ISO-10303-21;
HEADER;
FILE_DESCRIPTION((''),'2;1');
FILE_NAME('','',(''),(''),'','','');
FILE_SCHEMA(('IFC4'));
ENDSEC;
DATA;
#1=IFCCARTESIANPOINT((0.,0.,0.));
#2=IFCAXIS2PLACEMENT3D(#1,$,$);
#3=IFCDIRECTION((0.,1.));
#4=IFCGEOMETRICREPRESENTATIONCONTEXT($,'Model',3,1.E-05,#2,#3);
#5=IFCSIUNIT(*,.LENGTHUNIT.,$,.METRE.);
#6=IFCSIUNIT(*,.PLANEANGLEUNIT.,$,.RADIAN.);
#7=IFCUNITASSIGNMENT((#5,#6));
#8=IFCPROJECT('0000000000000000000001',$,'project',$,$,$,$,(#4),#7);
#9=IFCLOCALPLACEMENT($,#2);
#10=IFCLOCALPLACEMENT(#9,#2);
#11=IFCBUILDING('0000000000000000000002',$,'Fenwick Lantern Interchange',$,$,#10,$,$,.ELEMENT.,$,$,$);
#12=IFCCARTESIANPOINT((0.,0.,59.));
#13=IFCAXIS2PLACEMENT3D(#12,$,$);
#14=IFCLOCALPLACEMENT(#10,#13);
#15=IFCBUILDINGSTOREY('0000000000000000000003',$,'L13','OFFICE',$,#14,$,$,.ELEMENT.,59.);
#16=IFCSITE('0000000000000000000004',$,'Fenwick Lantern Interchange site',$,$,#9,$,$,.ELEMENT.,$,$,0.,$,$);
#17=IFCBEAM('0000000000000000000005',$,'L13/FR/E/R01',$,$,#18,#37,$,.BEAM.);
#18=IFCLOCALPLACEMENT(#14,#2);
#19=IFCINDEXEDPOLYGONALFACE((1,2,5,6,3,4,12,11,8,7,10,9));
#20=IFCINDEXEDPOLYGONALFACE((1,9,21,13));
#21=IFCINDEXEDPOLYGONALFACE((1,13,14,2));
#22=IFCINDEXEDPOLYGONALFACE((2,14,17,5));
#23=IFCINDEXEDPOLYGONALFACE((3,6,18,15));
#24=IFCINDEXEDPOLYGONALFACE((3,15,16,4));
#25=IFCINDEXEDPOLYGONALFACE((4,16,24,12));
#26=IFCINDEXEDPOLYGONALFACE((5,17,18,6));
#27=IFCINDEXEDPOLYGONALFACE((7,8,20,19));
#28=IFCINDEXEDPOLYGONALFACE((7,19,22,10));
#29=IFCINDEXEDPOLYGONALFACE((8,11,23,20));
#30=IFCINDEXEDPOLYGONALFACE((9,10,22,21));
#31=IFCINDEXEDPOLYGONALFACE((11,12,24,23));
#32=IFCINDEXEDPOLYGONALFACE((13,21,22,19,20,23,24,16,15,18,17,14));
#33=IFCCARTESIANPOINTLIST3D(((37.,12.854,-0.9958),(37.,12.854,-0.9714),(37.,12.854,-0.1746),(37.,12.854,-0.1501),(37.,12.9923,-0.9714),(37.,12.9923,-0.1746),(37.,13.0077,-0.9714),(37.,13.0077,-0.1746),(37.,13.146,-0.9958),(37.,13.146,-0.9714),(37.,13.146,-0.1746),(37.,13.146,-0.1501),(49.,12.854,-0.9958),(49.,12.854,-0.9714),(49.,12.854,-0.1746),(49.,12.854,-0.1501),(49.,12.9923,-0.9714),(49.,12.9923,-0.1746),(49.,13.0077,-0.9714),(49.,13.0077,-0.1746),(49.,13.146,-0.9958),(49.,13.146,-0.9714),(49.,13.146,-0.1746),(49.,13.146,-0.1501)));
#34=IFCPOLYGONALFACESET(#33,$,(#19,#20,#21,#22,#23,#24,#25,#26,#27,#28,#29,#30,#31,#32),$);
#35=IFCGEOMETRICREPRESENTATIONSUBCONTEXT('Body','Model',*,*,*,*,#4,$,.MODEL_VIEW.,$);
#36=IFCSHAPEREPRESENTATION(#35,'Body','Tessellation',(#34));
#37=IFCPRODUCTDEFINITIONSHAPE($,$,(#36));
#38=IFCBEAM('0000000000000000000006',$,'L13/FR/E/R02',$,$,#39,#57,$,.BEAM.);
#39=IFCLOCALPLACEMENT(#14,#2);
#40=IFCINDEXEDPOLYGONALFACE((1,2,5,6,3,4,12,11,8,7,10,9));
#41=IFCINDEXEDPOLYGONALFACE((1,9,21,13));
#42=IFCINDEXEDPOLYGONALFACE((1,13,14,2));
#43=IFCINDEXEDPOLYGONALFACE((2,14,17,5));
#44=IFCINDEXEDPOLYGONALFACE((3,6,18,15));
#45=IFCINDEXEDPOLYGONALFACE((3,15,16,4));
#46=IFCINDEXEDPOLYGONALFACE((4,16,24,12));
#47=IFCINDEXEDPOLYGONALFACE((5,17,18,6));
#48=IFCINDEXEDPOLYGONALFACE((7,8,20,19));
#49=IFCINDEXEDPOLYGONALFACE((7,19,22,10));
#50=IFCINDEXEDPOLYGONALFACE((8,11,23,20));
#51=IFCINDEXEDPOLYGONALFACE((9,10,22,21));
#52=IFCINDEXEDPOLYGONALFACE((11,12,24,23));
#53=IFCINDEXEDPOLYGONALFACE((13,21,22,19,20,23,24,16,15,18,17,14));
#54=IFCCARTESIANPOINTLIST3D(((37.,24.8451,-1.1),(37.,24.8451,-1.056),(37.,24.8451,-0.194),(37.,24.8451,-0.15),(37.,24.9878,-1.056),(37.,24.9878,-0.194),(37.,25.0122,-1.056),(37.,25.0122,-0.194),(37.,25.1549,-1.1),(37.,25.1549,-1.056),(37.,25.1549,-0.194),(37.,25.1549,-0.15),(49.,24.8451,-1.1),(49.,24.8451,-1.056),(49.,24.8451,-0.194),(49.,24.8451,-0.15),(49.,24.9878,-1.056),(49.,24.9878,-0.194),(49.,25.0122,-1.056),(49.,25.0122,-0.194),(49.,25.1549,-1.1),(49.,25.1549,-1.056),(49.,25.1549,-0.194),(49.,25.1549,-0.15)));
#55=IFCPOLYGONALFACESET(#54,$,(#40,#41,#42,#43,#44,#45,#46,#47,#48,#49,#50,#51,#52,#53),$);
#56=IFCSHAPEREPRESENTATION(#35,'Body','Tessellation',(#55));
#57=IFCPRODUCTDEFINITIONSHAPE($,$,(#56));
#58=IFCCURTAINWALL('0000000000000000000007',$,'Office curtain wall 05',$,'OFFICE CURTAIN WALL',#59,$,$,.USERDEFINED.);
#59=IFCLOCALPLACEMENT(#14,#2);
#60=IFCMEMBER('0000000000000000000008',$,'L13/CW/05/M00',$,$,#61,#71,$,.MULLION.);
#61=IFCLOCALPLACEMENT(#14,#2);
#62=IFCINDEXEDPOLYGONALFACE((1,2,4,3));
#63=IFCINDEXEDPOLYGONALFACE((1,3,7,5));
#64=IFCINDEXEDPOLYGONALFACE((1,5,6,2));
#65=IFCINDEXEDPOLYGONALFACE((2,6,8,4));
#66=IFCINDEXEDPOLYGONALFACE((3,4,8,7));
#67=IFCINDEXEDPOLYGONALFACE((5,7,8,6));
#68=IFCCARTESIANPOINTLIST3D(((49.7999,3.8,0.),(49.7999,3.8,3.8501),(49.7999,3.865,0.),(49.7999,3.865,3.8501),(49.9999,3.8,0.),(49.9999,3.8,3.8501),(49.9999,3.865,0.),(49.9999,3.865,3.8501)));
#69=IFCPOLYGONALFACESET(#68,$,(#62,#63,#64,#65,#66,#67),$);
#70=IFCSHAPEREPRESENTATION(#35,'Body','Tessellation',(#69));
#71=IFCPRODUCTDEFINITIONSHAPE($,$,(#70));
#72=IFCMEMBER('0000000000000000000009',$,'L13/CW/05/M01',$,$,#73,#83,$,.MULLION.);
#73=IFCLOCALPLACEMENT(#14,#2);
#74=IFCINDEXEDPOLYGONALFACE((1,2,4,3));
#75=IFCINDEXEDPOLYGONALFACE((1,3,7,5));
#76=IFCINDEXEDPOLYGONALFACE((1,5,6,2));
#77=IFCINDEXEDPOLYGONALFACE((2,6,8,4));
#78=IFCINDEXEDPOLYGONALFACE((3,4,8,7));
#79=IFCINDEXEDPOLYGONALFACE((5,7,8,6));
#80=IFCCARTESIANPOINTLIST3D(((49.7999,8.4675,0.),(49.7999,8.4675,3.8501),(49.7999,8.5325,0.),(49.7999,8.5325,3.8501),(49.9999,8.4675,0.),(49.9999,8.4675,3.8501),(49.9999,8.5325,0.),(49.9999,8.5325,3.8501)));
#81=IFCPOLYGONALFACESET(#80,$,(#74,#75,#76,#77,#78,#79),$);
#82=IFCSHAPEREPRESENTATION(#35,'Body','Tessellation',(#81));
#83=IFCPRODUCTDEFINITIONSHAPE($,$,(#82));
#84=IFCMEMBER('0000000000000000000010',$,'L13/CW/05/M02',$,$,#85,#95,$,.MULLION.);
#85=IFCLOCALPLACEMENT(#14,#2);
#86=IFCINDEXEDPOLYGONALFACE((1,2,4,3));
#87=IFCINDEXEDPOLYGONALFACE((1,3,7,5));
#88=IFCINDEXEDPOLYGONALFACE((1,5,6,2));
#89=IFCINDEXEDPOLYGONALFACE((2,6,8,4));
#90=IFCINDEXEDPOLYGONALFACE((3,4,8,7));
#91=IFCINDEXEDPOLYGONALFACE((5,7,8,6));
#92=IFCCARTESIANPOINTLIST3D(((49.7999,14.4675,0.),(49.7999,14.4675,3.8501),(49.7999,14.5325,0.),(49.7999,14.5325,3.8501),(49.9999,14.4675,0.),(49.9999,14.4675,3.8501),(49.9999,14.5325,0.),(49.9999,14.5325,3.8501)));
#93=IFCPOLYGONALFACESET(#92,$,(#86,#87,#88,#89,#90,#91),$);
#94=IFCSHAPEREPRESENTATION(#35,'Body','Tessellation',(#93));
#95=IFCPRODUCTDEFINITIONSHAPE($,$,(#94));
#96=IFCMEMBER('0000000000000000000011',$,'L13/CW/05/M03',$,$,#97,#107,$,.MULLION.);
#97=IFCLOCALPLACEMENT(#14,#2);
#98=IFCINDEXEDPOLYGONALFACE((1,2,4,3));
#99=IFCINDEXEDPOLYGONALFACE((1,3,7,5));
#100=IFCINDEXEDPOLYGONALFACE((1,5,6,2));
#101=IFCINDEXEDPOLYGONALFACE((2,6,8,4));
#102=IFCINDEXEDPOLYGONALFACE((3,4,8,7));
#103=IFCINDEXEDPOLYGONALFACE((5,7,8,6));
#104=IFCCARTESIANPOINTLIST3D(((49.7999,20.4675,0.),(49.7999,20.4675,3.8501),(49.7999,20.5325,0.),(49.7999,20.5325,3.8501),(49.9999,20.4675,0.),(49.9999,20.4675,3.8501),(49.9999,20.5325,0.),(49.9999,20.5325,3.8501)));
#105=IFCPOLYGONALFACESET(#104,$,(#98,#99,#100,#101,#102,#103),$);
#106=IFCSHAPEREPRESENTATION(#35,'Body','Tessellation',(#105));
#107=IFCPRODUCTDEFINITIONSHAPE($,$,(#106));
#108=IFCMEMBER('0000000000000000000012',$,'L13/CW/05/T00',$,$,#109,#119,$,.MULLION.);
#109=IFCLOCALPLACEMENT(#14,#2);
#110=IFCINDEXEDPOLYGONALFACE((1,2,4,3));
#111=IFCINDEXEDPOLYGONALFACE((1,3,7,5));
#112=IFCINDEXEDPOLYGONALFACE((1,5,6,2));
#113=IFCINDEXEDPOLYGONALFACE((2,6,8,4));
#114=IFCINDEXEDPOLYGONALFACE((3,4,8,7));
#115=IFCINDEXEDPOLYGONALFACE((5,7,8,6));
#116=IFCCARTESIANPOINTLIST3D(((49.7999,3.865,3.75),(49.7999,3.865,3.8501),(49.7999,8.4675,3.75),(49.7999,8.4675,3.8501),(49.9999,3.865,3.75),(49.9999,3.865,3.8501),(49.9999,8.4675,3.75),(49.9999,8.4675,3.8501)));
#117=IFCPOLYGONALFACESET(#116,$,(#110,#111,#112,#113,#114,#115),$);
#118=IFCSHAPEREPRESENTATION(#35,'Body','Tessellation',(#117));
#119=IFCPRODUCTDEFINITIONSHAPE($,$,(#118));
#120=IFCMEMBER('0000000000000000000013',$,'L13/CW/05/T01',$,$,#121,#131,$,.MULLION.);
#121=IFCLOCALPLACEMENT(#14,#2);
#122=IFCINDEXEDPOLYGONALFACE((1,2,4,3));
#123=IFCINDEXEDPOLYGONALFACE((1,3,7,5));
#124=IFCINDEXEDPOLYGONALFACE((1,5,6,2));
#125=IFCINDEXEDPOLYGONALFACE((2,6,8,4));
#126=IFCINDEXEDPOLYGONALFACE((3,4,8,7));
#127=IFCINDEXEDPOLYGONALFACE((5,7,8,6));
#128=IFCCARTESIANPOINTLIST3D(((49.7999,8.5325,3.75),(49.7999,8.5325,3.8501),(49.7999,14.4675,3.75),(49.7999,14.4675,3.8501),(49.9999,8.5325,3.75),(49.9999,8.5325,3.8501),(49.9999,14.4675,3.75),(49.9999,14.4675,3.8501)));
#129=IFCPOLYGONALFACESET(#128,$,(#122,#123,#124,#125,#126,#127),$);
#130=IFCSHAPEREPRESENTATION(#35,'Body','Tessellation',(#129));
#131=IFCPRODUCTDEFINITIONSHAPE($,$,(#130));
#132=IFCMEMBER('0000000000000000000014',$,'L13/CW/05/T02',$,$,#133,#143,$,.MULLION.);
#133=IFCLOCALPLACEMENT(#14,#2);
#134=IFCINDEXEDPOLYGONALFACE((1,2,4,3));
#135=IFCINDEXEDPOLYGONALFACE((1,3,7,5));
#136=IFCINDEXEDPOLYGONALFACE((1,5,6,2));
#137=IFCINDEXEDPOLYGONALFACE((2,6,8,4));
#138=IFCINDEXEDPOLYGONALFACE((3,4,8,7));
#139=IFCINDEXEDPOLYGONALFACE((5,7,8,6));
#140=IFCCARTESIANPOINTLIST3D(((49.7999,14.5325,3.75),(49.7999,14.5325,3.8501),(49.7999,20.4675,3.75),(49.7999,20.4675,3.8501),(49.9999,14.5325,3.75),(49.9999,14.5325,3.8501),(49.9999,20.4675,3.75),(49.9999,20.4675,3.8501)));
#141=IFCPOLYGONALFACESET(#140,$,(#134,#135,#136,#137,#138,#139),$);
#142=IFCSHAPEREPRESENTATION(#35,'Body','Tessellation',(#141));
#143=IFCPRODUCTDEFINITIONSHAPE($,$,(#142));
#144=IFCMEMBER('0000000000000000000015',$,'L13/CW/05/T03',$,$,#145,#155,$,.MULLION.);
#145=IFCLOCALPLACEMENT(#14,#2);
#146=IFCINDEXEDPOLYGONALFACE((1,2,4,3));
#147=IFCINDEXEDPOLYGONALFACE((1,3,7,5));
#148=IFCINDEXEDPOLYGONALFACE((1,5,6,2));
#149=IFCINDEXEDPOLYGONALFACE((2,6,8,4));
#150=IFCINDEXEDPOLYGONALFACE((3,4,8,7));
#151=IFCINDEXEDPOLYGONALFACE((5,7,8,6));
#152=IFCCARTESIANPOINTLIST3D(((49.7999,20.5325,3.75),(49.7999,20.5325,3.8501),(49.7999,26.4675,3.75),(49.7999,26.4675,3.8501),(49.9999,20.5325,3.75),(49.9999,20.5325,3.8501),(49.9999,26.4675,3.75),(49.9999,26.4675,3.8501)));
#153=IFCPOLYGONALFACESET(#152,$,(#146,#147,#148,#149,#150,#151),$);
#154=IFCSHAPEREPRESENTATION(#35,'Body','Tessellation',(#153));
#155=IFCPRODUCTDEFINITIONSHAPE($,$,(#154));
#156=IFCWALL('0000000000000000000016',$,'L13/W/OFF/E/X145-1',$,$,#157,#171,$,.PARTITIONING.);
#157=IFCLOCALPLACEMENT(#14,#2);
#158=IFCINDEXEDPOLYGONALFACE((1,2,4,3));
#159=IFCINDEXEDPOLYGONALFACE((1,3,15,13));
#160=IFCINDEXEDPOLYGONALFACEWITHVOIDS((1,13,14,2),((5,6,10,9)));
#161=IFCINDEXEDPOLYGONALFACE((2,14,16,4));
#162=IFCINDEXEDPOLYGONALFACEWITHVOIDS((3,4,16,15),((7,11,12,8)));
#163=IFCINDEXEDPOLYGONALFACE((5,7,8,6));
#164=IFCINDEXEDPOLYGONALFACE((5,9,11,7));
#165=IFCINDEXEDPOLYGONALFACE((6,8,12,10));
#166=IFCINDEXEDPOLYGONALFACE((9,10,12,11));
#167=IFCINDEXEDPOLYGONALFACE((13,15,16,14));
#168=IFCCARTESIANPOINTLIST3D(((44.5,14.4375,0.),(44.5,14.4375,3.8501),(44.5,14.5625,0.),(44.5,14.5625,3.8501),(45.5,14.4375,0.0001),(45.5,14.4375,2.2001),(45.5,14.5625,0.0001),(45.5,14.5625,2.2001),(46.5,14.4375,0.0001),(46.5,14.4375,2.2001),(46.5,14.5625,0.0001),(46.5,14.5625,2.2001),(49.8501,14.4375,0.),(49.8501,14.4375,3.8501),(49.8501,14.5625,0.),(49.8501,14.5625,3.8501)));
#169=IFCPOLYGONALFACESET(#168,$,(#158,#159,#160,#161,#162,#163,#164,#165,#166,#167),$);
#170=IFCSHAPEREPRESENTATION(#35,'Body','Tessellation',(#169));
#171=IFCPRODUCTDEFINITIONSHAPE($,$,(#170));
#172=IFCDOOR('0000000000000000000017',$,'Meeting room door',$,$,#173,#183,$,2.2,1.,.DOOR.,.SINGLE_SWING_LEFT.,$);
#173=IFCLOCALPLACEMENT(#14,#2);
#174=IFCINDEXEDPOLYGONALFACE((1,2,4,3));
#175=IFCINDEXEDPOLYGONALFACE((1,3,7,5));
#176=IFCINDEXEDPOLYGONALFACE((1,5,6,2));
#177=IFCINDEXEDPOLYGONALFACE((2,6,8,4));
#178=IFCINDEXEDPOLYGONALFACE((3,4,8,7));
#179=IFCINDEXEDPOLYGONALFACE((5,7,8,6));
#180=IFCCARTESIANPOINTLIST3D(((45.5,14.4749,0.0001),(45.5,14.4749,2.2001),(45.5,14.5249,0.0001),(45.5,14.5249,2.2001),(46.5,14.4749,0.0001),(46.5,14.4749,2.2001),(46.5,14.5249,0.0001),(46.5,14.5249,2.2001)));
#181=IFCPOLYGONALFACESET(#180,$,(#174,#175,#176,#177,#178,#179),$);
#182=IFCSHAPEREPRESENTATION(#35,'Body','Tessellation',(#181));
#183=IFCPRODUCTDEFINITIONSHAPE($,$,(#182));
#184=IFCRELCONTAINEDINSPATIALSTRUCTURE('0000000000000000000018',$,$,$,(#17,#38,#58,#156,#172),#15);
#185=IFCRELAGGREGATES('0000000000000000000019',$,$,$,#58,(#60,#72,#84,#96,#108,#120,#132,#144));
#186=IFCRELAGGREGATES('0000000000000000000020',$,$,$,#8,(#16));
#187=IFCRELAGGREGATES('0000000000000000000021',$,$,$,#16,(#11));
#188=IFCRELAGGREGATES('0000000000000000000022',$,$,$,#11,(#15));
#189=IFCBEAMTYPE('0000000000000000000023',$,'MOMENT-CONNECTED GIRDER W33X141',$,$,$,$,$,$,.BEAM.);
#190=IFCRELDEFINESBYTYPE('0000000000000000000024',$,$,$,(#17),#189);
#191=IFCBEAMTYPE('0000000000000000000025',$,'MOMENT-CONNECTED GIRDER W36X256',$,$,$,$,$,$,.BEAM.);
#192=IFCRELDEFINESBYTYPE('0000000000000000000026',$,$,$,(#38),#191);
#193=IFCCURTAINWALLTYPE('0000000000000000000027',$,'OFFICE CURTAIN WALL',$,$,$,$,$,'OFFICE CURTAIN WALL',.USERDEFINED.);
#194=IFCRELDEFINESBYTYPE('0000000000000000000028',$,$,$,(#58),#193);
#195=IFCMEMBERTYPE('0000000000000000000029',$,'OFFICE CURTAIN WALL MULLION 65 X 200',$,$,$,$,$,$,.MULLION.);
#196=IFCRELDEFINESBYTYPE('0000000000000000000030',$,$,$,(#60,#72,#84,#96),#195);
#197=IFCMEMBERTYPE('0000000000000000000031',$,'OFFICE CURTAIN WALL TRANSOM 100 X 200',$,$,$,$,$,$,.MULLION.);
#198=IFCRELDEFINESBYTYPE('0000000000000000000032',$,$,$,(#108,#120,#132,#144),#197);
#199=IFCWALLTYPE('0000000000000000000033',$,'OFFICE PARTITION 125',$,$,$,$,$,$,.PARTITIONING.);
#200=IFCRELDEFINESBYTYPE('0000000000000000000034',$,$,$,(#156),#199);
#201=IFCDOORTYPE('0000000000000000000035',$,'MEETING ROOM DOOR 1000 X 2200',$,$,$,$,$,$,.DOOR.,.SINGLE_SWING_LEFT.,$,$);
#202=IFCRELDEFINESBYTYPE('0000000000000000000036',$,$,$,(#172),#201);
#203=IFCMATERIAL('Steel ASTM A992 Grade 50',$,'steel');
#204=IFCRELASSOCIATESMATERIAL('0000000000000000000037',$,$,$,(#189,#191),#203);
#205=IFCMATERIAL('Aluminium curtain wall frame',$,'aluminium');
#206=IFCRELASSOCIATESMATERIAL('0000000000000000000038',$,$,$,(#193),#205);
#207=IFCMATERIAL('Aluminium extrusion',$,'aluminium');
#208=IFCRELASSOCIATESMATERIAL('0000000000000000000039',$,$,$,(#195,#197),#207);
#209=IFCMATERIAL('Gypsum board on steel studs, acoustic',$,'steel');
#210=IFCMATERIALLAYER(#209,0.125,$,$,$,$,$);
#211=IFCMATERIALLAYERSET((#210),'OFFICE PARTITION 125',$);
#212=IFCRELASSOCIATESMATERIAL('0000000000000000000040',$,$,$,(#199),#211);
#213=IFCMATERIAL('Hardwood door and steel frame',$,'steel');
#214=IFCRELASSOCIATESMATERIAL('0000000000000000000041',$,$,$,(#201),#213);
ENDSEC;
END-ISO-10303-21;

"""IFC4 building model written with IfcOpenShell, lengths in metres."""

from ifc_helpers import new_model, si_unit, direction, frame, frame_2d, origin, origin_2d, place, context, subcontext, project, spatial, rectangle, i_section, extrude, material, layer, layer_set, material_profile, profile_set, type_object, element, fill, aggregate, save


model = new_model("IFC4")

# Units and contexts
model_context = context("Model", 3, precision=1e-05, world=origin(), true_north=direction((0.0, 1.0)))
body_context = subcontext(model_context, "Body", "Model", "MODEL_VIEW")
ifc_project = project(units=[si_unit("LENGTHUNIT", "METRE"), si_unit("PLANEANGLEUNIT", "RADIAN")], contexts=[model_context])

# Site, building, storey
site_placement = place(None, origin())
site = spatial("IfcSite", under=ifc_project, at=site_placement, Name="Fenwick Lantern Interchange site", CompositionType="ELEMENT", RefElevation=0.0)
building_placement = place(site_placement, origin())
building = spatial("IfcBuilding", under=site, at=building_placement, Name="Fenwick Lantern Interchange", CompositionType="ELEMENT")
storey_placement = place(building_placement, frame((0.0, 0.0, 59.0)))
storey = spatial("IfcBuildingStorey", under=building, at=storey_placement, Name="L13", Description="OFFICE", CompositionType="ELEMENT", Elevation=59.0)

# Beams
ifc_material_1 = material(Name="Steel ASTM A992 Grade 50", Category="steel")
ifc_material_profile_1 = material_profile(ifc_material_1, i_section(OverallWidth=0.292, OverallDepth=0.8457, WebThickness=0.0154, FlangeThickness=0.0244, at=origin_2d()), Name="W33X141")
ifc_profile_set_1 = profile_set([ifc_material_profile_1], Name="Steel ASTM A992 Grade 50")
beam_type_1 = type_object("IfcBeamType", Name="MOMENT-CONNECTED GIRDER W33X141", PredefinedType="BEAM", material=ifc_profile_set_1)
beam_1_placement = place(storey_placement, frame((49.0, 13.0, -0.573), z_axis=(-1.0, 0.0, 0.0), x_axis=(0.0, -1.0, 0.0)))
element("IfcBeam", 1, at=beam_1_placement, inside=storey, type_object=beam_type_1, Name="L13/FR/E/R01", PredefinedType="BEAM", context=body_context, shape_type="SweptSolid", body=[
    extrude(i_section(OverallWidth=0.292, OverallDepth=0.8457, WebThickness=0.0154, FlangeThickness=0.0244, at=origin_2d()), origin(), (0.0, 0.0, 1.0), 12.0),
])
ifc_material_profile_2 = material_profile(ifc_material_1, i_section(OverallWidth=0.3098, OverallDepth=0.95, WebThickness=0.0244, FlangeThickness=0.0439, at=origin_2d()), Name="W36X256")
ifc_profile_set_2 = profile_set([ifc_material_profile_2], Name="Steel ASTM A992 Grade 50")
beam_type_2 = type_object("IfcBeamType", Name="MOMENT-CONNECTED GIRDER W36X256", PredefinedType="BEAM", material=ifc_profile_set_2)
beam_2_placement = place(storey_placement, frame((49.0, 25.0, -0.625), z_axis=(-1.0, 0.0, 0.0), x_axis=(0.0, -1.0, 0.0)))
element("IfcBeam", 2, at=beam_2_placement, inside=storey, type_object=beam_type_2, Name="L13/FR/E/R02", PredefinedType="BEAM", context=body_context, shape_type="SweptSolid", body=[
    extrude(i_section(OverallWidth=0.3098, OverallDepth=0.95, WebThickness=0.0244, FlangeThickness=0.0439, at=origin_2d()), origin(), (0.0, 0.0, 1.0), 12.0),
])

# Curtain wall, members
ifc_material_2 = material(Name="Aluminium curtain wall frame", Category="aluminium")
curtain_wall_type = type_object("IfcCurtainWallType", Name="OFFICE CURTAIN WALL", ElementType="OFFICE CURTAIN WALL", PredefinedType="USERDEFINED", material=ifc_material_2)
curtain_wall_placement = place(storey_placement, origin())
curtain_wall = element("IfcCurtainWall", 3, at=curtain_wall_placement, inside=storey, type_object=curtain_wall_type, Name="Office curtain wall 05", ObjectType="OFFICE CURTAIN WALL", PredefinedType="USERDEFINED")
ifc_material_3 = material(Name="Aluminium extrusion", Category="aluminium")
ifc_material_profile_3 = material_profile(ifc_material_3, rectangle(XDim=0.2, YDim=0.0649, at=origin_2d()), Name="OFFICE CURTAIN WALL MULLION 65 X 200")
ifc_profile_set_3 = profile_set([ifc_material_profile_3], Name="Aluminium extrusion")
member_type_1 = type_object("IfcMemberType", Name="OFFICE CURTAIN WALL MULLION 65 X 200", PredefinedType="MULLION", material=ifc_profile_set_3)
member_1_placement = place(storey_placement, frame((49.8999, 3.8325, 0.0), z_axis=(0.0, 0.0, 1.0), x_axis=(-1.0, 0.0, 0.0)))
member_1 = element("IfcMember", 4, at=member_1_placement, type_object=member_type_1, Name="L13/CW/05/M00", PredefinedType="MULLION", context=body_context, shape_type="SweptSolid", body=[
    extrude(rectangle(XDim=0.2, YDim=0.0649, at=origin_2d()), origin(), (0.0, 0.0, 1.0), 3.8501),
])
member_2_placement = place(storey_placement, frame((49.8999, 8.5, 0.0), z_axis=(0.0, 0.0, 1.0), x_axis=(-1.0, 0.0, 0.0)))
member_2 = element("IfcMember", 5, at=member_2_placement, type_object=member_type_1, Name="L13/CW/05/M01", PredefinedType="MULLION", context=body_context, shape_type="SweptSolid", body=[
    extrude(rectangle(XDim=0.2, YDim=0.0649, at=origin_2d()), origin(), (0.0, 0.0, 1.0), 3.8501),
])
member_3_placement = place(storey_placement, frame((49.8999, 14.5, 0.0), z_axis=(0.0, 0.0, 1.0), x_axis=(-1.0, 0.0, 0.0)))
member_3 = element("IfcMember", 6, at=member_3_placement, type_object=member_type_1, Name="L13/CW/05/M02", PredefinedType="MULLION", context=body_context, shape_type="SweptSolid", body=[
    extrude(rectangle(XDim=0.2, YDim=0.0649, at=origin_2d()), origin(), (0.0, 0.0, 1.0), 3.8501),
])
member_4_placement = place(storey_placement, frame((49.8999, 20.5, 0.0), z_axis=(0.0, 0.0, 1.0), x_axis=(-1.0, 0.0, 0.0)))
member_4 = element("IfcMember", 7, at=member_4_placement, type_object=member_type_1, Name="L13/CW/05/M03", PredefinedType="MULLION", context=body_context, shape_type="SweptSolid", body=[
    extrude(rectangle(XDim=0.2, YDim=0.0649, at=origin_2d()), origin(), (0.0, 0.0, 1.0), 3.8501),
])
ifc_material_profile_4 = material_profile(ifc_material_3, rectangle(XDim=0.2, YDim=0.1001, at=origin_2d()), Name="OFFICE CURTAIN WALL TRANSOM 100 X 200")
ifc_profile_set_4 = profile_set([ifc_material_profile_4], Name="Aluminium extrusion")
member_type_2 = type_object("IfcMemberType", Name="OFFICE CURTAIN WALL TRANSOM 100 X 200", PredefinedType="MULLION", material=ifc_profile_set_4)
member_5_placement = place(storey_placement, frame((49.8999, 3.865, 3.8), z_axis=(0.0, 1.0, 0.0), x_axis=(-1.0, 0.0, 0.0)))
member_5 = element("IfcMember", 8, at=member_5_placement, type_object=member_type_2, Name="L13/CW/05/T00", PredefinedType="MULLION", context=body_context, shape_type="SweptSolid", body=[
    extrude(rectangle(XDim=0.2, YDim=0.1001, at=origin_2d()), origin(), (0.0, 0.0, 1.0), 4.6025),
])
member_6_placement = place(storey_placement, frame((49.8999, 8.5325, 3.8), z_axis=(0.0, 1.0, 0.0), x_axis=(-1.0, 0.0, 0.0)))
member_6 = element("IfcMember", 9, at=member_6_placement, type_object=member_type_2, Name="L13/CW/05/T01", PredefinedType="MULLION", context=body_context, shape_type="SweptSolid", body=[
    extrude(rectangle(XDim=0.2, YDim=0.1001, at=origin_2d()), origin(), (0.0, 0.0, 1.0), 5.9351),
])
member_7_placement = place(storey_placement, frame((49.8999, 14.5325, 3.8), z_axis=(0.0, 1.0, 0.0), x_axis=(-1.0, 0.0, 0.0)))
member_7 = element("IfcMember", 10, at=member_7_placement, type_object=member_type_2, Name="L13/CW/05/T02", PredefinedType="MULLION", context=body_context, shape_type="SweptSolid", body=[
    extrude(rectangle(XDim=0.2, YDim=0.1001, at=origin_2d()), origin(), (0.0, 0.0, 1.0), 5.9351),
])
member_8_placement = place(storey_placement, frame((49.8999, 20.5325, 3.8), z_axis=(0.0, 1.0, 0.0), x_axis=(-1.0, 0.0, 0.0)))
member_8 = element("IfcMember", 11, at=member_8_placement, type_object=member_type_2, Name="L13/CW/05/T03", PredefinedType="MULLION", context=body_context, shape_type="SweptSolid", body=[
    extrude(rectangle(XDim=0.2, YDim=0.1001, at=origin_2d()), origin(), (0.0, 0.0, 1.0), 5.9351),
])
aggregate(curtain_wall, [member_1, member_2, member_3, member_4, member_5, member_6, member_7, member_8])

# Wall, opening, door
ifc_material_4 = material(Name="Gypsum board on steel studs, acoustic", Category="steel")
ifc_layer_1 = layer(ifc_material_4, 0.125)
ifc_layer_set_1 = layer_set([ifc_layer_1], Name="OFFICE PARTITION 125")
wall_type_1 = type_object("IfcWallType", Name="OFFICE PARTITION 125", PredefinedType="PARTITIONING", material=ifc_layer_set_1)
wall_1_placement = place(storey_placement, frame((49.8501, 14.5, 0.0), z_axis=(0.0, 0.0, 1.0), x_axis=(-1.0, 0.0, 0.0)))
wall_1 = element("IfcWall", 12, at=wall_1_placement, inside=storey, type_object=wall_type_1, Name="L13/W/OFF/E/X145-1", PredefinedType="PARTITIONING", context=body_context, shape_type="SweptSolid", body=[
    extrude(rectangle(XDim=5.3501, YDim=0.125, at=frame_2d((2.675, 0.0))), origin(), (0.0, 0.0, 1.0), 3.8501),
])
opening_1_placement = place(wall_1_placement, frame((3.3501, 0.0, 0.0)))
opening_1 = element("IfcOpeningElement", 13, at=opening_1_placement, cuts=wall_1, PredefinedType="OPENING", context=body_context, shape_type="SweptSolid", body=[
    extrude(rectangle(XDim=1.0, YDim=2.2, at=frame_2d((0.5, 1.1001))), frame((0.0, 0.0725, 0.0), z_axis=(0.0, -1.0, 0.0), x_axis=(1.0, 0.0, 0.0)), (0.0, 0.0, 1.0), 0.145),
])
ifc_material_5 = material(Name="Hardwood door and steel frame", Category="steel")
door_type_1 = type_object("IfcDoorType", Name="MEETING ROOM DOOR 1000 X 2200", OperationType="SINGLE_SWING_LEFT", PredefinedType="DOOR", material=ifc_material_5)
door_1_placement = place(opening_1_placement, frame((1.0, 0.0, 0.0), z_axis=(0.0, 0.0, 1.0), x_axis=(-1.0, 0.0, 0.0)))
door_1 = element("IfcDoor", 14, at=door_1_placement, inside=storey, type_object=door_type_1, Name="Meeting room door", OperationType="SINGLE_SWING_LEFT", OverallHeight=2.2, OverallWidth=1.0, PredefinedType="DOOR", context=body_context, shape_type="SweptSolid", body=[
    extrude(rectangle(XDim=1.0, YDim=2.2, at=frame_2d((0.5, 1.1001))), frame((0.0, 0.0249, 0.0), z_axis=(0.0, -1.0, 0.0), x_axis=(1.0, 0.0, 0.0)), (0.0, 0.0, 1.0), 0.05),
])
fill(opening_1, door_1)

save(model, "model.ifc")
